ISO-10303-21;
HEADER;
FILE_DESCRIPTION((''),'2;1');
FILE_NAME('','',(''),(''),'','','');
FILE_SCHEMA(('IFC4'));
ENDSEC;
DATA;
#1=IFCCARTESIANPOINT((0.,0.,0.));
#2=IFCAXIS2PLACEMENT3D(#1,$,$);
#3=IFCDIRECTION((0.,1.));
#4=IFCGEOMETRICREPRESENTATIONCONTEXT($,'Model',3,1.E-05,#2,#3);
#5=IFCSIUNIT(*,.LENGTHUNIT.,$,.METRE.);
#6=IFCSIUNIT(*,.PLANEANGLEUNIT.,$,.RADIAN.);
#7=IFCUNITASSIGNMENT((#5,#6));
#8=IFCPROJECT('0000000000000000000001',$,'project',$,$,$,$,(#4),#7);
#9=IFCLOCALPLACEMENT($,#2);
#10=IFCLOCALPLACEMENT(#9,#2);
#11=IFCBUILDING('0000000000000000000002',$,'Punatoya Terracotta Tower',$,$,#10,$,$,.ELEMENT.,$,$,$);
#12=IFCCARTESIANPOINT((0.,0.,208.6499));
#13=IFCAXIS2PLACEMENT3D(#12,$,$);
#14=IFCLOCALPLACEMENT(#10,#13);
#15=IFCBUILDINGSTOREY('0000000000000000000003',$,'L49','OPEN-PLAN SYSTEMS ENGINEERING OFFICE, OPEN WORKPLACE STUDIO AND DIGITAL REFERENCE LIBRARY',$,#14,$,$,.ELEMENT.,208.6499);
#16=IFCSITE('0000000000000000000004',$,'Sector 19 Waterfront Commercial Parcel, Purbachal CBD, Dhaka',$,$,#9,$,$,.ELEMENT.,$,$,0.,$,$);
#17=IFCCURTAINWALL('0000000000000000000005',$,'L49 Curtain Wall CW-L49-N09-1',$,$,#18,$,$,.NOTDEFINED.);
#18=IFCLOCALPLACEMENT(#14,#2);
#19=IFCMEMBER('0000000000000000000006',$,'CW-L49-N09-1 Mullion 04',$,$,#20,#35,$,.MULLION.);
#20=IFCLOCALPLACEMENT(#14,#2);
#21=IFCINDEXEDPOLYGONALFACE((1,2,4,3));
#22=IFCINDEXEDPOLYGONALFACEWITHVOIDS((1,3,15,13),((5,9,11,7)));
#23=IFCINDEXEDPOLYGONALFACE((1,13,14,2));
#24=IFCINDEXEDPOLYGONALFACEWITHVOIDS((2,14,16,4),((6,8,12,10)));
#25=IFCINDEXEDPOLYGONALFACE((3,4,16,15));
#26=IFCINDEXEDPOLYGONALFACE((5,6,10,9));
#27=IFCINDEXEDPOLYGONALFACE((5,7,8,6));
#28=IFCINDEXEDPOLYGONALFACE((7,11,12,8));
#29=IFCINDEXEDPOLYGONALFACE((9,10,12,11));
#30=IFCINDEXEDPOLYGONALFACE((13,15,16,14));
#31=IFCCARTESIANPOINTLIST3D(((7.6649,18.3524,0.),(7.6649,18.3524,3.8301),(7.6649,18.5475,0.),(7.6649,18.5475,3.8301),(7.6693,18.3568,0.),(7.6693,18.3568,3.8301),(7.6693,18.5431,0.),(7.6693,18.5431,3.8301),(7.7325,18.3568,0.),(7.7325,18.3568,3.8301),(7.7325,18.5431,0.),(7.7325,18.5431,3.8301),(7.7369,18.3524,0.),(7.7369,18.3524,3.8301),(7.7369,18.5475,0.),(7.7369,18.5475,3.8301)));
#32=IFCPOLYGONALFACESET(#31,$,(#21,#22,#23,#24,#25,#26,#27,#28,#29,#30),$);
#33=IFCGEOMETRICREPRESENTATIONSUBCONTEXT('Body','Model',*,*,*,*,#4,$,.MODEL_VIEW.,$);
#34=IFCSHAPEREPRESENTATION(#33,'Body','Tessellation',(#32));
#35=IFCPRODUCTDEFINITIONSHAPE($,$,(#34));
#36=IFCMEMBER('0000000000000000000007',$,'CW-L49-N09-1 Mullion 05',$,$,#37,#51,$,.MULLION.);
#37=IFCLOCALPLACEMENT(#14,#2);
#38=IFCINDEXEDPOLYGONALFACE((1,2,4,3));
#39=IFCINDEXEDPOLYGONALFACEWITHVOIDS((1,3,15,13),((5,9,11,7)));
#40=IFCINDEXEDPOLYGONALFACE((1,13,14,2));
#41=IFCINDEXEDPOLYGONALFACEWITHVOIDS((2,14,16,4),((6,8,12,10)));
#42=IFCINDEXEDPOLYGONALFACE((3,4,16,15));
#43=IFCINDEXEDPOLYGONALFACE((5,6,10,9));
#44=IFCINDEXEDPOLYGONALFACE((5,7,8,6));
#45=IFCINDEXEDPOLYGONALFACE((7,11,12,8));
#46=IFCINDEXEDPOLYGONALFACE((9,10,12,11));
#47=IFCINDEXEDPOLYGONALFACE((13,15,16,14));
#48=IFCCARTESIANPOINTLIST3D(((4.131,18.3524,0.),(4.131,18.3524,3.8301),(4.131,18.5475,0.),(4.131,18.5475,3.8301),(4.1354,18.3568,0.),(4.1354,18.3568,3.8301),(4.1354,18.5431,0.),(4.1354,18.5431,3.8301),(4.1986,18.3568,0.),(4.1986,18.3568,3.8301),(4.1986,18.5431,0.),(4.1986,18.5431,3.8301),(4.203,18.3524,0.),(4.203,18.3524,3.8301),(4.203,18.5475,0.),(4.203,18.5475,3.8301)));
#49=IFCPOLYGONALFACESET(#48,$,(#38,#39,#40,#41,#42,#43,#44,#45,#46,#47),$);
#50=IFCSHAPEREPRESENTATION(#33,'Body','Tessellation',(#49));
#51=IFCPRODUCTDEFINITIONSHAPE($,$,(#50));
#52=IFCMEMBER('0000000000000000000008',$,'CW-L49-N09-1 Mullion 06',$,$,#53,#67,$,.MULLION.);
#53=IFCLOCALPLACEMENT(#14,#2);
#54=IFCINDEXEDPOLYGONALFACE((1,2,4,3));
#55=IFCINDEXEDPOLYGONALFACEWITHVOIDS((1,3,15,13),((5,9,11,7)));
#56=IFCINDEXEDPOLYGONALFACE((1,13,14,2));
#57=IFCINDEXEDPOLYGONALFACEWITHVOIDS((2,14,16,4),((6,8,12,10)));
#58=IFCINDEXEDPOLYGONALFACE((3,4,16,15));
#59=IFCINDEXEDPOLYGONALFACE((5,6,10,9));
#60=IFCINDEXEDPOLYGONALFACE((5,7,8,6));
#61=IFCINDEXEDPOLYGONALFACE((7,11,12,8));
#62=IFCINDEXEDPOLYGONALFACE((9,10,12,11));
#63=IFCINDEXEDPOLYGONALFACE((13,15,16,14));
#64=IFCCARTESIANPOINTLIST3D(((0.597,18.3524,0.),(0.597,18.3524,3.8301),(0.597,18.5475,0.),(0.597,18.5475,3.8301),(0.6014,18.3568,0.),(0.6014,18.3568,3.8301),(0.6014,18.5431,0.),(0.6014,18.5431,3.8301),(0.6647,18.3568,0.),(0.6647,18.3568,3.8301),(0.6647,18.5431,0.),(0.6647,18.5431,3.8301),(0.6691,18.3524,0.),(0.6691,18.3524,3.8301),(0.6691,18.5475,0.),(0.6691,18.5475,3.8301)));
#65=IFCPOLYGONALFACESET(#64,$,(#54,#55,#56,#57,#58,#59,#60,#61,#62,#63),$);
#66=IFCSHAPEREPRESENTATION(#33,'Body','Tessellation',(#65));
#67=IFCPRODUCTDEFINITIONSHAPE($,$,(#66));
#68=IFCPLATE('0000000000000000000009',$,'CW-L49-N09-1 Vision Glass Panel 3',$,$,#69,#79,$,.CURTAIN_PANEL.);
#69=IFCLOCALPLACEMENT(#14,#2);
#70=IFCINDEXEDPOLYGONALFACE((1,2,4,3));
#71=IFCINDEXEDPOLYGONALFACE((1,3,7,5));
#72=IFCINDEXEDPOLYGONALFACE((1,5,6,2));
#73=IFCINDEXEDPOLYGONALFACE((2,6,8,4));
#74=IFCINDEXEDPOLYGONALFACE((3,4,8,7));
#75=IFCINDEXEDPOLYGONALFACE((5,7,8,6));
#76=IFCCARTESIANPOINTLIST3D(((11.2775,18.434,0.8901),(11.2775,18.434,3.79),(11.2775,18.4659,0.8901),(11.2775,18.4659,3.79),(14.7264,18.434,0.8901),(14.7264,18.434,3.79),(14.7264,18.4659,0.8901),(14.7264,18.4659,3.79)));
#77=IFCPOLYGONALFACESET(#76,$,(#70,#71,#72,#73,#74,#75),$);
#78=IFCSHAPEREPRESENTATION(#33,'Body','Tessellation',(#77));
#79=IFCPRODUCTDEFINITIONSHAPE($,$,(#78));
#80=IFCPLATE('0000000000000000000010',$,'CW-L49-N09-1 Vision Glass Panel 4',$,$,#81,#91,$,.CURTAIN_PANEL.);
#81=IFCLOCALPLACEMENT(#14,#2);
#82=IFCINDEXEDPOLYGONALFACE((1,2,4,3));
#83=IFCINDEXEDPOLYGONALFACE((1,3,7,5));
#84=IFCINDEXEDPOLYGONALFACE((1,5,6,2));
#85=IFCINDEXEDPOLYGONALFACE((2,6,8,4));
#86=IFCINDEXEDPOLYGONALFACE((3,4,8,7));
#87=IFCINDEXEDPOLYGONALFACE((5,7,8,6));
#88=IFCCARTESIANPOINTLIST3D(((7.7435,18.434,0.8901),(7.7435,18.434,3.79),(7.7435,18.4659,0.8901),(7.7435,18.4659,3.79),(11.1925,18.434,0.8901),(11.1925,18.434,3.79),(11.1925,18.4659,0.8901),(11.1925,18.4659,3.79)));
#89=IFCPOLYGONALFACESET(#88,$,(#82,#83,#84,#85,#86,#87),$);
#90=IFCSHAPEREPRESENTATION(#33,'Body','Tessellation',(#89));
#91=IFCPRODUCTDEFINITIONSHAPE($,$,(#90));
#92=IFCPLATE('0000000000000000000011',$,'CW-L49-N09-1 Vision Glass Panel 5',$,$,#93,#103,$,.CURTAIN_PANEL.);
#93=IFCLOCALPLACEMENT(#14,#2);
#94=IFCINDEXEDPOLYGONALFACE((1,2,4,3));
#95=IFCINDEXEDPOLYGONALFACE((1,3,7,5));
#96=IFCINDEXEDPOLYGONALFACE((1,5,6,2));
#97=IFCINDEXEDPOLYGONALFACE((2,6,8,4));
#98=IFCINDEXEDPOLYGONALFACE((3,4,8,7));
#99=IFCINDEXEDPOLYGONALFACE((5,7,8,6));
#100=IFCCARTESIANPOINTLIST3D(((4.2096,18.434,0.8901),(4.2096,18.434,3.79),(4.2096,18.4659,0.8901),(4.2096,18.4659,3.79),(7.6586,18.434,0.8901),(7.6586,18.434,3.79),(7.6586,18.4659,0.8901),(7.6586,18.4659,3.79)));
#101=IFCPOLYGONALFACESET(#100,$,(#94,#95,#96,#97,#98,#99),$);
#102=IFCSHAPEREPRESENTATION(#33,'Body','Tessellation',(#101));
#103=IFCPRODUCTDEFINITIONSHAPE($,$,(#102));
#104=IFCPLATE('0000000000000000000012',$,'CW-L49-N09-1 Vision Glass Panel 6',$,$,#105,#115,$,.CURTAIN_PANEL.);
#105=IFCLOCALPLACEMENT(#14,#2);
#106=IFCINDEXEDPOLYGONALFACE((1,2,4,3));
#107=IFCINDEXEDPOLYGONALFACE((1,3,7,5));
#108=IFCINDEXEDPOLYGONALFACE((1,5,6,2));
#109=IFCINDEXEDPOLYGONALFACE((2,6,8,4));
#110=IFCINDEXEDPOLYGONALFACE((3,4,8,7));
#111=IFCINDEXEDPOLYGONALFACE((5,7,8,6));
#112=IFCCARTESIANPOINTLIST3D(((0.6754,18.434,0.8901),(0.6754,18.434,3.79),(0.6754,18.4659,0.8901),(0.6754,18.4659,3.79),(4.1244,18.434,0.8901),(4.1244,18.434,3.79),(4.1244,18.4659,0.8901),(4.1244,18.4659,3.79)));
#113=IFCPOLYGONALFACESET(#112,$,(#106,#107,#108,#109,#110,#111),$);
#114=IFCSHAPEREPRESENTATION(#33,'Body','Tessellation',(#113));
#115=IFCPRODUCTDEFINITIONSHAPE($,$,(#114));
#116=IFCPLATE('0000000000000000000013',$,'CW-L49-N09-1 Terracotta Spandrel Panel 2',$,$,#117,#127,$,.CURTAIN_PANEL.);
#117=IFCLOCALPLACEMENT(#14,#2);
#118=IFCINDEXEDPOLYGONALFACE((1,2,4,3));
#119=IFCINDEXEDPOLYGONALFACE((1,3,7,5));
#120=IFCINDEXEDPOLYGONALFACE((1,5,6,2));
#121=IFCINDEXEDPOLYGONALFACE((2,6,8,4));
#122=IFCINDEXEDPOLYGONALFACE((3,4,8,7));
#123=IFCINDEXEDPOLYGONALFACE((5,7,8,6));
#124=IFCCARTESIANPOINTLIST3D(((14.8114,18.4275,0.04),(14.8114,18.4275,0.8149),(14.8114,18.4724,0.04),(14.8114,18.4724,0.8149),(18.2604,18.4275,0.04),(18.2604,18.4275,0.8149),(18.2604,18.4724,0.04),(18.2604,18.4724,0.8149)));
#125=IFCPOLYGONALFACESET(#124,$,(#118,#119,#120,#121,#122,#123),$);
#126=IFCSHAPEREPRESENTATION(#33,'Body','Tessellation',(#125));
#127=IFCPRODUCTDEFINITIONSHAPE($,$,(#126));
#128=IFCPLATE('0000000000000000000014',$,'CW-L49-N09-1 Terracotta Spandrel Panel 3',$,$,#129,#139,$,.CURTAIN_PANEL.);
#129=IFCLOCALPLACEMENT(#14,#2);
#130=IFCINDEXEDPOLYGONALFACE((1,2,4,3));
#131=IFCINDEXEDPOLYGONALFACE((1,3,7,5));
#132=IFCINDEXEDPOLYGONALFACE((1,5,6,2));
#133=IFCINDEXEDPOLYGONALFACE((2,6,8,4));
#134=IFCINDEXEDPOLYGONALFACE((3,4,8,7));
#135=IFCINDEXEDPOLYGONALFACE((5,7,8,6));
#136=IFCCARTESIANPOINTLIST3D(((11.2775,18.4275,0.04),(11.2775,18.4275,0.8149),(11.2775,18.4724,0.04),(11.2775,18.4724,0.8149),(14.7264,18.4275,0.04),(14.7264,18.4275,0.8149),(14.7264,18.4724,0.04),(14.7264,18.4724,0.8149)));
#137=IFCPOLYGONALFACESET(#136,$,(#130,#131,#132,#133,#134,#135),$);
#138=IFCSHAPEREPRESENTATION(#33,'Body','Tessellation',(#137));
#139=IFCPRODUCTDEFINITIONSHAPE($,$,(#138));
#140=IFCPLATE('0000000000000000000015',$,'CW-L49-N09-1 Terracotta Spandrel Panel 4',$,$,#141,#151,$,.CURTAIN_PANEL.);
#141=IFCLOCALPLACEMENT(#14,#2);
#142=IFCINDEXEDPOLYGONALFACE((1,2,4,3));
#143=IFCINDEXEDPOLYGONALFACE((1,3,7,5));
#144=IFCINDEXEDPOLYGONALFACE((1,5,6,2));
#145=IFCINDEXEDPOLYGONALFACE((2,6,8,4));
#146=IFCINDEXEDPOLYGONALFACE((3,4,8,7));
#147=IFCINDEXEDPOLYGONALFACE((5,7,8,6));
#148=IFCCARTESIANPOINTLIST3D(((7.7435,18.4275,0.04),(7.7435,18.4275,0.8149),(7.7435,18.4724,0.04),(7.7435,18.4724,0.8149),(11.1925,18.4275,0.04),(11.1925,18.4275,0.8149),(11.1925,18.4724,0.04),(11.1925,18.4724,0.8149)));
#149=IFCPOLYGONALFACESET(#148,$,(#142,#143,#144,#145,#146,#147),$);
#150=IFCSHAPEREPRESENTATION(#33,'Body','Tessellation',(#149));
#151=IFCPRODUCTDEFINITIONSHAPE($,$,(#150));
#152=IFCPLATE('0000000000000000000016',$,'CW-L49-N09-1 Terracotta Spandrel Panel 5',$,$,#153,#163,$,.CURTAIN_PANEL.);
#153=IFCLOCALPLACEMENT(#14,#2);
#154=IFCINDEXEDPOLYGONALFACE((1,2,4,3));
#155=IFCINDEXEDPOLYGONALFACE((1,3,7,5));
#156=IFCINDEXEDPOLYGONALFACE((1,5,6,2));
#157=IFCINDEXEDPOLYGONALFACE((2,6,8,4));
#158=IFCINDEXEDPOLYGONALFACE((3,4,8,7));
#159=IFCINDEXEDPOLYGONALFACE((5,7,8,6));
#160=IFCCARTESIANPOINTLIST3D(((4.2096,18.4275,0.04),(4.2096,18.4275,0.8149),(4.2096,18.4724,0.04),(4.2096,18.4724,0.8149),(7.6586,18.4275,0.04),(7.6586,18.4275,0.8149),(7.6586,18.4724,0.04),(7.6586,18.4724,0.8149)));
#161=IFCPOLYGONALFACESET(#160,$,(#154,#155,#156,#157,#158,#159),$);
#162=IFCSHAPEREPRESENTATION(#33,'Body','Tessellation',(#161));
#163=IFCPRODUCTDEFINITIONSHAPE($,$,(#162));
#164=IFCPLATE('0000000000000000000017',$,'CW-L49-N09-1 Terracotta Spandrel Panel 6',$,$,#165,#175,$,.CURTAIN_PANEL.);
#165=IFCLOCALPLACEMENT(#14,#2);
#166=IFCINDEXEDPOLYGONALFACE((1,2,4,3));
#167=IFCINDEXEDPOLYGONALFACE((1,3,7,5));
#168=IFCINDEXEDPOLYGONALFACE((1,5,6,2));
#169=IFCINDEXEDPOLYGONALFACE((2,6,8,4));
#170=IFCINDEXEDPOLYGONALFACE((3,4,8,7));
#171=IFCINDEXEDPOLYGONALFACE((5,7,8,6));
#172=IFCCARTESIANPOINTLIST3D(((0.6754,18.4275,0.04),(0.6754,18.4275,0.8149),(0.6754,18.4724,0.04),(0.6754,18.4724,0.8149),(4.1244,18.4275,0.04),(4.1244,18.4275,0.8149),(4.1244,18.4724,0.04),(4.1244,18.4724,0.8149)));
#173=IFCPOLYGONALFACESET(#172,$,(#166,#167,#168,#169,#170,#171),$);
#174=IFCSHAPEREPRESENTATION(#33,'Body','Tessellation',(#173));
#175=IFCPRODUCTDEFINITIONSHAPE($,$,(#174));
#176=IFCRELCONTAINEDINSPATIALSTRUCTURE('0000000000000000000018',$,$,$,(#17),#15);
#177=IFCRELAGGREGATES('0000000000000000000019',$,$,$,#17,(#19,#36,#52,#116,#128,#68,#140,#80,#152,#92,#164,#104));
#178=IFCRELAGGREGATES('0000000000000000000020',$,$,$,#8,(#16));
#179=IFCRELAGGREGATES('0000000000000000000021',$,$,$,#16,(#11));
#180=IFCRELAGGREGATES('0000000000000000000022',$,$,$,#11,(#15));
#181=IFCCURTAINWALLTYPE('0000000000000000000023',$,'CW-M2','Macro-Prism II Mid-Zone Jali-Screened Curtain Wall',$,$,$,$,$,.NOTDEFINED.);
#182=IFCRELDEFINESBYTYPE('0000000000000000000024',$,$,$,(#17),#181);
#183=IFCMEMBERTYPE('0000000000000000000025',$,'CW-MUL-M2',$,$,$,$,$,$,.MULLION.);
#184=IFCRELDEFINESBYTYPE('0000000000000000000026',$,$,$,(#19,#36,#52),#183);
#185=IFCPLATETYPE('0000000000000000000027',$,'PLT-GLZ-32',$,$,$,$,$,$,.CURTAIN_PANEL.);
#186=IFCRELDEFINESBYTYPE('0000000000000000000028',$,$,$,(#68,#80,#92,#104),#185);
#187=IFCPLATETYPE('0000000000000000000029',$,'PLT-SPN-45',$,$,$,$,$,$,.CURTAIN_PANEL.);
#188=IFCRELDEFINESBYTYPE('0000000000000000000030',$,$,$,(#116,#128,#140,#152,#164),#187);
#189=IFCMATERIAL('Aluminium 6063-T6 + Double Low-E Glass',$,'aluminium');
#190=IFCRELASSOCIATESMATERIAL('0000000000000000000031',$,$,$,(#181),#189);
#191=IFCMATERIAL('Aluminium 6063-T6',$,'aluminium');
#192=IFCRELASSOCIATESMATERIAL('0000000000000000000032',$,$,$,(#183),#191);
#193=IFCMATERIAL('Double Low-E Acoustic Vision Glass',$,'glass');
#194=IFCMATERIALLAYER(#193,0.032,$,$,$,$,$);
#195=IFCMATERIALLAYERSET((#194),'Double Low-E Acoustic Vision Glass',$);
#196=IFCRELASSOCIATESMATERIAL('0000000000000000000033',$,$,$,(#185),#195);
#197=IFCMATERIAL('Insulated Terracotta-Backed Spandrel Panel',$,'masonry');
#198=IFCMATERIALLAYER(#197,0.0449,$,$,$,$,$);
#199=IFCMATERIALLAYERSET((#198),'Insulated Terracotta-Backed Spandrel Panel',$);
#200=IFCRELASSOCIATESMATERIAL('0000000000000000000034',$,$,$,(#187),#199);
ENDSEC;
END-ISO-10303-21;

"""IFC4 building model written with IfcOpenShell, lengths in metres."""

from ifc_helpers import new_model, si_unit, direction, frame, origin, origin_2d, place, context, subcontext, project, spatial, rectangle, hollow_rectangle, extrude, material, layer, layer_set, material_profile, profile_set, type_object, element, aggregate, save


model = new_model("IFC4")

# Units and contexts
model_context = context("Model", 3, precision=1e-05, world=origin(), true_north=direction((0.0, 1.0)))
body_context = subcontext(model_context, "Body", "Model", "MODEL_VIEW")
ifc_project = project(units=[si_unit("LENGTHUNIT", "METRE"), si_unit("PLANEANGLEUNIT", "RADIAN")], contexts=[model_context])

# Site, building, storey
site_placement = place(None, origin())
site = spatial("IfcSite", under=ifc_project, at=site_placement, Name="Sector 19 Waterfront Commercial Parcel, Purbachal CBD, Dhaka", CompositionType="ELEMENT", RefElevation=0.0)
building_placement = place(site_placement, origin())
building = spatial("IfcBuilding", under=site, at=building_placement, Name="Punatoya Terracotta Tower", CompositionType="ELEMENT")
storey_placement = place(building_placement, frame((0.0, 0.0, 208.6499)))
storey = spatial("IfcBuildingStorey", under=building, at=storey_placement, Name="L49", Description="OPEN-PLAN SYSTEMS ENGINEERING OFFICE, OPEN WORKPLACE STUDIO AND DIGITAL REFERENCE LIBRARY", CompositionType="ELEMENT", Elevation=208.6499)

# Curtain wall, members, plates
ifc_material_1 = material(Name="Aluminium 6063-T6 + Double Low-E Glass", Category="aluminium")
curtain_wall_type = type_object("IfcCurtainWallType", Name="CW-M2", Description="Macro-Prism II Mid-Zone Jali-Screened Curtain Wall", PredefinedType="NOTDEFINED", material=ifc_material_1)
curtain_wall_placement = place(storey_placement, origin())
curtain_wall = element("IfcCurtainWall", 1, at=curtain_wall_placement, inside=storey, type_object=curtain_wall_type, Name="L49 Curtain Wall CW-L49-N09-1", PredefinedType="NOTDEFINED")
ifc_material_2 = material(Name="Aluminium 6063-T6", Category="aluminium")
ifc_material_profile_1 = material_profile(ifc_material_2, hollow_rectangle(XDim=0.072, YDim=0.1951, WallThickness=0.0044, at=origin_2d()))
ifc_profile_set_1 = profile_set([ifc_material_profile_1], Name="Aluminium 6063-T6")
member_type = type_object("IfcMemberType", Name="CW-MUL-M2", PredefinedType="MULLION", material=ifc_profile_set_1)
member_1_placement = place(storey_placement, frame((7.7009, 18.45, 0.0), z_axis=(0.0, 0.0, 1.0), x_axis=(1.0, 0.0, 0.0)))
member_1 = element("IfcMember", 2, at=member_1_placement, type_object=member_type, Name="CW-L49-N09-1 Mullion 04", PredefinedType="MULLION", context=body_context, shape_type="SweptSolid", body=[
    extrude(hollow_rectangle(XDim=0.072, YDim=0.1951, WallThickness=0.0044, at=origin_2d()), origin(), (0.0, 0.0, 1.0), 3.8301),
])
member_2_placement = place(storey_placement, frame((4.167, 18.45, 0.0), z_axis=(0.0, 0.0, 1.0), x_axis=(1.0, 0.0, 0.0)))
member_2 = element("IfcMember", 3, at=member_2_placement, type_object=member_type, Name="CW-L49-N09-1 Mullion 05", PredefinedType="MULLION", context=body_context, shape_type="SweptSolid", body=[
    extrude(hollow_rectangle(XDim=0.072, YDim=0.1951, WallThickness=0.0044, at=origin_2d()), origin(), (0.0, 0.0, 1.0), 3.8301),
])
member_3_placement = place(storey_placement, frame((0.6331, 18.45, 0.0), z_axis=(0.0, 0.0, 1.0), x_axis=(1.0, 0.0, 0.0)))
member_3 = element("IfcMember", 4, at=member_3_placement, type_object=member_type, Name="CW-L49-N09-1 Mullion 06", PredefinedType="MULLION", context=body_context, shape_type="SweptSolid", body=[
    extrude(hollow_rectangle(XDim=0.072, YDim=0.1951, WallThickness=0.0044, at=origin_2d()), origin(), (0.0, 0.0, 1.0), 3.8301),
])
ifc_material_3 = material(Name="Double Low-E Acoustic Vision Glass", Category="glass")
ifc_layer_1 = layer(ifc_material_3, 0.032)
ifc_layer_set_1 = layer_set([ifc_layer_1], Name="Double Low-E Acoustic Vision Glass")
plate_type_1 = type_object("IfcPlateType", Name="PLT-GLZ-32", PredefinedType="CURTAIN_PANEL", material=ifc_layer_set_1)
plate_1_placement = place(storey_placement, frame((13.002, 18.45, 0.8901), z_axis=(0.0, 0.0, 1.0), x_axis=(-1.0, 0.0, 0.0)))
plate_1 = element("IfcPlate", 5, at=plate_1_placement, type_object=plate_type_1, Name="CW-L49-N09-1 Vision Glass Panel 3", PredefinedType="CURTAIN_PANEL", context=body_context, shape_type="SweptSolid", body=[
    extrude(rectangle(XDim=3.449, YDim=0.032, at=origin_2d()), origin(), (0.0, 0.0, 1.0), 2.8999),
])
plate_2_placement = place(storey_placement, frame((9.468, 18.45, 0.8901), z_axis=(0.0, 0.0, 1.0), x_axis=(-1.0, 0.0, 0.0)))
plate_2 = element("IfcPlate", 6, at=plate_2_placement, type_object=plate_type_1, Name="CW-L49-N09-1 Vision Glass Panel 4", PredefinedType="CURTAIN_PANEL", context=body_context, shape_type="SweptSolid", body=[
    extrude(rectangle(XDim=3.449, YDim=0.032, at=origin_2d()), origin(), (0.0, 0.0, 1.0), 2.8999),
])
plate_3_placement = place(storey_placement, frame((5.9341, 18.45, 0.8901), z_axis=(0.0, 0.0, 1.0), x_axis=(-1.0, 0.0, 0.0)))
plate_3 = element("IfcPlate", 7, at=plate_3_placement, type_object=plate_type_1, Name="CW-L49-N09-1 Vision Glass Panel 5", PredefinedType="CURTAIN_PANEL", context=body_context, shape_type="SweptSolid", body=[
    extrude(rectangle(XDim=3.449, YDim=0.032, at=origin_2d()), origin(), (0.0, 0.0, 1.0), 2.8999),
])
plate_4_placement = place(storey_placement, frame((2.3999, 18.45, 0.8901), z_axis=(0.0, 0.0, 1.0), x_axis=(-1.0, 0.0, 0.0)))
plate_4 = element("IfcPlate", 8, at=plate_4_placement, type_object=plate_type_1, Name="CW-L49-N09-1 Vision Glass Panel 6", PredefinedType="CURTAIN_PANEL", context=body_context, shape_type="SweptSolid", body=[
    extrude(rectangle(XDim=3.449, YDim=0.032, at=origin_2d()), origin(), (0.0, 0.0, 1.0), 2.8999),
])
ifc_material_4 = material(Name="Insulated Terracotta-Backed Spandrel Panel", Category="masonry")
ifc_layer_2 = layer(ifc_material_4, 0.0449)
ifc_layer_set_2 = layer_set([ifc_layer_2], Name="Insulated Terracotta-Backed Spandrel Panel")
plate_type_2 = type_object("IfcPlateType", Name="PLT-SPN-45", PredefinedType="CURTAIN_PANEL", material=ifc_layer_set_2)
plate_5_placement = place(storey_placement, frame((16.5359, 18.45, 0.04), z_axis=(0.0, 0.0, 1.0), x_axis=(-1.0, 0.0, 0.0)))
plate_5 = element("IfcPlate", 9, at=plate_5_placement, type_object=plate_type_2, Name="CW-L49-N09-1 Terracotta Spandrel Panel 2", PredefinedType="CURTAIN_PANEL", context=body_context, shape_type="SweptSolid", body=[
    extrude(rectangle(XDim=3.449, YDim=0.0449, at=origin_2d()), origin(), (0.0, 0.0, 1.0), 0.7749),
])
plate_6_placement = place(storey_placement, frame((13.002, 18.45, 0.04), z_axis=(0.0, 0.0, 1.0), x_axis=(-1.0, 0.0, 0.0)))
plate_6 = element("IfcPlate", 10, at=plate_6_placement, type_object=plate_type_2, Name="CW-L49-N09-1 Terracotta Spandrel Panel 3", PredefinedType="CURTAIN_PANEL", context=body_context, shape_type="SweptSolid", body=[
    extrude(rectangle(XDim=3.449, YDim=0.0449, at=origin_2d()), origin(), (0.0, 0.0, 1.0), 0.7749),
])
plate_7_placement = place(storey_placement, frame((9.468, 18.45, 0.04), z_axis=(0.0, 0.0, 1.0), x_axis=(-1.0, 0.0, 0.0)))
plate_7 = element("IfcPlate", 11, at=plate_7_placement, type_object=plate_type_2, Name="CW-L49-N09-1 Terracotta Spandrel Panel 4", PredefinedType="CURTAIN_PANEL", context=body_context, shape_type="SweptSolid", body=[
    extrude(rectangle(XDim=3.449, YDim=0.0449, at=origin_2d()), origin(), (0.0, 0.0, 1.0), 0.7749),
])
plate_8_placement = place(storey_placement, frame((5.9341, 18.45, 0.04), z_axis=(0.0, 0.0, 1.0), x_axis=(-1.0, 0.0, 0.0)))
plate_8 = element("IfcPlate", 12, at=plate_8_placement, type_object=plate_type_2, Name="CW-L49-N09-1 Terracotta Spandrel Panel 5", PredefinedType="CURTAIN_PANEL", context=body_context, shape_type="SweptSolid", body=[
    extrude(rectangle(XDim=3.449, YDim=0.0449, at=origin_2d()), origin(), (0.0, 0.0, 1.0), 0.7749),
])
plate_9_placement = place(storey_placement, frame((2.3999, 18.45, 0.04), z_axis=(0.0, 0.0, 1.0), x_axis=(-1.0, 0.0, 0.0)))
plate_9 = element("IfcPlate", 13, at=plate_9_placement, type_object=plate_type_2, Name="CW-L49-N09-1 Terracotta Spandrel Panel 6", PredefinedType="CURTAIN_PANEL", context=body_context, shape_type="SweptSolid", body=[
    extrude(rectangle(XDim=3.449, YDim=0.0449, at=origin_2d()), origin(), (0.0, 0.0, 1.0), 0.7749),
])
aggregate(curtain_wall, [member_1, member_2, member_3, plate_5, plate_6, plate_1, plate_7, plate_2, plate_8, plate_3, plate_9, plate_4])

save(model, "model.ifc")
